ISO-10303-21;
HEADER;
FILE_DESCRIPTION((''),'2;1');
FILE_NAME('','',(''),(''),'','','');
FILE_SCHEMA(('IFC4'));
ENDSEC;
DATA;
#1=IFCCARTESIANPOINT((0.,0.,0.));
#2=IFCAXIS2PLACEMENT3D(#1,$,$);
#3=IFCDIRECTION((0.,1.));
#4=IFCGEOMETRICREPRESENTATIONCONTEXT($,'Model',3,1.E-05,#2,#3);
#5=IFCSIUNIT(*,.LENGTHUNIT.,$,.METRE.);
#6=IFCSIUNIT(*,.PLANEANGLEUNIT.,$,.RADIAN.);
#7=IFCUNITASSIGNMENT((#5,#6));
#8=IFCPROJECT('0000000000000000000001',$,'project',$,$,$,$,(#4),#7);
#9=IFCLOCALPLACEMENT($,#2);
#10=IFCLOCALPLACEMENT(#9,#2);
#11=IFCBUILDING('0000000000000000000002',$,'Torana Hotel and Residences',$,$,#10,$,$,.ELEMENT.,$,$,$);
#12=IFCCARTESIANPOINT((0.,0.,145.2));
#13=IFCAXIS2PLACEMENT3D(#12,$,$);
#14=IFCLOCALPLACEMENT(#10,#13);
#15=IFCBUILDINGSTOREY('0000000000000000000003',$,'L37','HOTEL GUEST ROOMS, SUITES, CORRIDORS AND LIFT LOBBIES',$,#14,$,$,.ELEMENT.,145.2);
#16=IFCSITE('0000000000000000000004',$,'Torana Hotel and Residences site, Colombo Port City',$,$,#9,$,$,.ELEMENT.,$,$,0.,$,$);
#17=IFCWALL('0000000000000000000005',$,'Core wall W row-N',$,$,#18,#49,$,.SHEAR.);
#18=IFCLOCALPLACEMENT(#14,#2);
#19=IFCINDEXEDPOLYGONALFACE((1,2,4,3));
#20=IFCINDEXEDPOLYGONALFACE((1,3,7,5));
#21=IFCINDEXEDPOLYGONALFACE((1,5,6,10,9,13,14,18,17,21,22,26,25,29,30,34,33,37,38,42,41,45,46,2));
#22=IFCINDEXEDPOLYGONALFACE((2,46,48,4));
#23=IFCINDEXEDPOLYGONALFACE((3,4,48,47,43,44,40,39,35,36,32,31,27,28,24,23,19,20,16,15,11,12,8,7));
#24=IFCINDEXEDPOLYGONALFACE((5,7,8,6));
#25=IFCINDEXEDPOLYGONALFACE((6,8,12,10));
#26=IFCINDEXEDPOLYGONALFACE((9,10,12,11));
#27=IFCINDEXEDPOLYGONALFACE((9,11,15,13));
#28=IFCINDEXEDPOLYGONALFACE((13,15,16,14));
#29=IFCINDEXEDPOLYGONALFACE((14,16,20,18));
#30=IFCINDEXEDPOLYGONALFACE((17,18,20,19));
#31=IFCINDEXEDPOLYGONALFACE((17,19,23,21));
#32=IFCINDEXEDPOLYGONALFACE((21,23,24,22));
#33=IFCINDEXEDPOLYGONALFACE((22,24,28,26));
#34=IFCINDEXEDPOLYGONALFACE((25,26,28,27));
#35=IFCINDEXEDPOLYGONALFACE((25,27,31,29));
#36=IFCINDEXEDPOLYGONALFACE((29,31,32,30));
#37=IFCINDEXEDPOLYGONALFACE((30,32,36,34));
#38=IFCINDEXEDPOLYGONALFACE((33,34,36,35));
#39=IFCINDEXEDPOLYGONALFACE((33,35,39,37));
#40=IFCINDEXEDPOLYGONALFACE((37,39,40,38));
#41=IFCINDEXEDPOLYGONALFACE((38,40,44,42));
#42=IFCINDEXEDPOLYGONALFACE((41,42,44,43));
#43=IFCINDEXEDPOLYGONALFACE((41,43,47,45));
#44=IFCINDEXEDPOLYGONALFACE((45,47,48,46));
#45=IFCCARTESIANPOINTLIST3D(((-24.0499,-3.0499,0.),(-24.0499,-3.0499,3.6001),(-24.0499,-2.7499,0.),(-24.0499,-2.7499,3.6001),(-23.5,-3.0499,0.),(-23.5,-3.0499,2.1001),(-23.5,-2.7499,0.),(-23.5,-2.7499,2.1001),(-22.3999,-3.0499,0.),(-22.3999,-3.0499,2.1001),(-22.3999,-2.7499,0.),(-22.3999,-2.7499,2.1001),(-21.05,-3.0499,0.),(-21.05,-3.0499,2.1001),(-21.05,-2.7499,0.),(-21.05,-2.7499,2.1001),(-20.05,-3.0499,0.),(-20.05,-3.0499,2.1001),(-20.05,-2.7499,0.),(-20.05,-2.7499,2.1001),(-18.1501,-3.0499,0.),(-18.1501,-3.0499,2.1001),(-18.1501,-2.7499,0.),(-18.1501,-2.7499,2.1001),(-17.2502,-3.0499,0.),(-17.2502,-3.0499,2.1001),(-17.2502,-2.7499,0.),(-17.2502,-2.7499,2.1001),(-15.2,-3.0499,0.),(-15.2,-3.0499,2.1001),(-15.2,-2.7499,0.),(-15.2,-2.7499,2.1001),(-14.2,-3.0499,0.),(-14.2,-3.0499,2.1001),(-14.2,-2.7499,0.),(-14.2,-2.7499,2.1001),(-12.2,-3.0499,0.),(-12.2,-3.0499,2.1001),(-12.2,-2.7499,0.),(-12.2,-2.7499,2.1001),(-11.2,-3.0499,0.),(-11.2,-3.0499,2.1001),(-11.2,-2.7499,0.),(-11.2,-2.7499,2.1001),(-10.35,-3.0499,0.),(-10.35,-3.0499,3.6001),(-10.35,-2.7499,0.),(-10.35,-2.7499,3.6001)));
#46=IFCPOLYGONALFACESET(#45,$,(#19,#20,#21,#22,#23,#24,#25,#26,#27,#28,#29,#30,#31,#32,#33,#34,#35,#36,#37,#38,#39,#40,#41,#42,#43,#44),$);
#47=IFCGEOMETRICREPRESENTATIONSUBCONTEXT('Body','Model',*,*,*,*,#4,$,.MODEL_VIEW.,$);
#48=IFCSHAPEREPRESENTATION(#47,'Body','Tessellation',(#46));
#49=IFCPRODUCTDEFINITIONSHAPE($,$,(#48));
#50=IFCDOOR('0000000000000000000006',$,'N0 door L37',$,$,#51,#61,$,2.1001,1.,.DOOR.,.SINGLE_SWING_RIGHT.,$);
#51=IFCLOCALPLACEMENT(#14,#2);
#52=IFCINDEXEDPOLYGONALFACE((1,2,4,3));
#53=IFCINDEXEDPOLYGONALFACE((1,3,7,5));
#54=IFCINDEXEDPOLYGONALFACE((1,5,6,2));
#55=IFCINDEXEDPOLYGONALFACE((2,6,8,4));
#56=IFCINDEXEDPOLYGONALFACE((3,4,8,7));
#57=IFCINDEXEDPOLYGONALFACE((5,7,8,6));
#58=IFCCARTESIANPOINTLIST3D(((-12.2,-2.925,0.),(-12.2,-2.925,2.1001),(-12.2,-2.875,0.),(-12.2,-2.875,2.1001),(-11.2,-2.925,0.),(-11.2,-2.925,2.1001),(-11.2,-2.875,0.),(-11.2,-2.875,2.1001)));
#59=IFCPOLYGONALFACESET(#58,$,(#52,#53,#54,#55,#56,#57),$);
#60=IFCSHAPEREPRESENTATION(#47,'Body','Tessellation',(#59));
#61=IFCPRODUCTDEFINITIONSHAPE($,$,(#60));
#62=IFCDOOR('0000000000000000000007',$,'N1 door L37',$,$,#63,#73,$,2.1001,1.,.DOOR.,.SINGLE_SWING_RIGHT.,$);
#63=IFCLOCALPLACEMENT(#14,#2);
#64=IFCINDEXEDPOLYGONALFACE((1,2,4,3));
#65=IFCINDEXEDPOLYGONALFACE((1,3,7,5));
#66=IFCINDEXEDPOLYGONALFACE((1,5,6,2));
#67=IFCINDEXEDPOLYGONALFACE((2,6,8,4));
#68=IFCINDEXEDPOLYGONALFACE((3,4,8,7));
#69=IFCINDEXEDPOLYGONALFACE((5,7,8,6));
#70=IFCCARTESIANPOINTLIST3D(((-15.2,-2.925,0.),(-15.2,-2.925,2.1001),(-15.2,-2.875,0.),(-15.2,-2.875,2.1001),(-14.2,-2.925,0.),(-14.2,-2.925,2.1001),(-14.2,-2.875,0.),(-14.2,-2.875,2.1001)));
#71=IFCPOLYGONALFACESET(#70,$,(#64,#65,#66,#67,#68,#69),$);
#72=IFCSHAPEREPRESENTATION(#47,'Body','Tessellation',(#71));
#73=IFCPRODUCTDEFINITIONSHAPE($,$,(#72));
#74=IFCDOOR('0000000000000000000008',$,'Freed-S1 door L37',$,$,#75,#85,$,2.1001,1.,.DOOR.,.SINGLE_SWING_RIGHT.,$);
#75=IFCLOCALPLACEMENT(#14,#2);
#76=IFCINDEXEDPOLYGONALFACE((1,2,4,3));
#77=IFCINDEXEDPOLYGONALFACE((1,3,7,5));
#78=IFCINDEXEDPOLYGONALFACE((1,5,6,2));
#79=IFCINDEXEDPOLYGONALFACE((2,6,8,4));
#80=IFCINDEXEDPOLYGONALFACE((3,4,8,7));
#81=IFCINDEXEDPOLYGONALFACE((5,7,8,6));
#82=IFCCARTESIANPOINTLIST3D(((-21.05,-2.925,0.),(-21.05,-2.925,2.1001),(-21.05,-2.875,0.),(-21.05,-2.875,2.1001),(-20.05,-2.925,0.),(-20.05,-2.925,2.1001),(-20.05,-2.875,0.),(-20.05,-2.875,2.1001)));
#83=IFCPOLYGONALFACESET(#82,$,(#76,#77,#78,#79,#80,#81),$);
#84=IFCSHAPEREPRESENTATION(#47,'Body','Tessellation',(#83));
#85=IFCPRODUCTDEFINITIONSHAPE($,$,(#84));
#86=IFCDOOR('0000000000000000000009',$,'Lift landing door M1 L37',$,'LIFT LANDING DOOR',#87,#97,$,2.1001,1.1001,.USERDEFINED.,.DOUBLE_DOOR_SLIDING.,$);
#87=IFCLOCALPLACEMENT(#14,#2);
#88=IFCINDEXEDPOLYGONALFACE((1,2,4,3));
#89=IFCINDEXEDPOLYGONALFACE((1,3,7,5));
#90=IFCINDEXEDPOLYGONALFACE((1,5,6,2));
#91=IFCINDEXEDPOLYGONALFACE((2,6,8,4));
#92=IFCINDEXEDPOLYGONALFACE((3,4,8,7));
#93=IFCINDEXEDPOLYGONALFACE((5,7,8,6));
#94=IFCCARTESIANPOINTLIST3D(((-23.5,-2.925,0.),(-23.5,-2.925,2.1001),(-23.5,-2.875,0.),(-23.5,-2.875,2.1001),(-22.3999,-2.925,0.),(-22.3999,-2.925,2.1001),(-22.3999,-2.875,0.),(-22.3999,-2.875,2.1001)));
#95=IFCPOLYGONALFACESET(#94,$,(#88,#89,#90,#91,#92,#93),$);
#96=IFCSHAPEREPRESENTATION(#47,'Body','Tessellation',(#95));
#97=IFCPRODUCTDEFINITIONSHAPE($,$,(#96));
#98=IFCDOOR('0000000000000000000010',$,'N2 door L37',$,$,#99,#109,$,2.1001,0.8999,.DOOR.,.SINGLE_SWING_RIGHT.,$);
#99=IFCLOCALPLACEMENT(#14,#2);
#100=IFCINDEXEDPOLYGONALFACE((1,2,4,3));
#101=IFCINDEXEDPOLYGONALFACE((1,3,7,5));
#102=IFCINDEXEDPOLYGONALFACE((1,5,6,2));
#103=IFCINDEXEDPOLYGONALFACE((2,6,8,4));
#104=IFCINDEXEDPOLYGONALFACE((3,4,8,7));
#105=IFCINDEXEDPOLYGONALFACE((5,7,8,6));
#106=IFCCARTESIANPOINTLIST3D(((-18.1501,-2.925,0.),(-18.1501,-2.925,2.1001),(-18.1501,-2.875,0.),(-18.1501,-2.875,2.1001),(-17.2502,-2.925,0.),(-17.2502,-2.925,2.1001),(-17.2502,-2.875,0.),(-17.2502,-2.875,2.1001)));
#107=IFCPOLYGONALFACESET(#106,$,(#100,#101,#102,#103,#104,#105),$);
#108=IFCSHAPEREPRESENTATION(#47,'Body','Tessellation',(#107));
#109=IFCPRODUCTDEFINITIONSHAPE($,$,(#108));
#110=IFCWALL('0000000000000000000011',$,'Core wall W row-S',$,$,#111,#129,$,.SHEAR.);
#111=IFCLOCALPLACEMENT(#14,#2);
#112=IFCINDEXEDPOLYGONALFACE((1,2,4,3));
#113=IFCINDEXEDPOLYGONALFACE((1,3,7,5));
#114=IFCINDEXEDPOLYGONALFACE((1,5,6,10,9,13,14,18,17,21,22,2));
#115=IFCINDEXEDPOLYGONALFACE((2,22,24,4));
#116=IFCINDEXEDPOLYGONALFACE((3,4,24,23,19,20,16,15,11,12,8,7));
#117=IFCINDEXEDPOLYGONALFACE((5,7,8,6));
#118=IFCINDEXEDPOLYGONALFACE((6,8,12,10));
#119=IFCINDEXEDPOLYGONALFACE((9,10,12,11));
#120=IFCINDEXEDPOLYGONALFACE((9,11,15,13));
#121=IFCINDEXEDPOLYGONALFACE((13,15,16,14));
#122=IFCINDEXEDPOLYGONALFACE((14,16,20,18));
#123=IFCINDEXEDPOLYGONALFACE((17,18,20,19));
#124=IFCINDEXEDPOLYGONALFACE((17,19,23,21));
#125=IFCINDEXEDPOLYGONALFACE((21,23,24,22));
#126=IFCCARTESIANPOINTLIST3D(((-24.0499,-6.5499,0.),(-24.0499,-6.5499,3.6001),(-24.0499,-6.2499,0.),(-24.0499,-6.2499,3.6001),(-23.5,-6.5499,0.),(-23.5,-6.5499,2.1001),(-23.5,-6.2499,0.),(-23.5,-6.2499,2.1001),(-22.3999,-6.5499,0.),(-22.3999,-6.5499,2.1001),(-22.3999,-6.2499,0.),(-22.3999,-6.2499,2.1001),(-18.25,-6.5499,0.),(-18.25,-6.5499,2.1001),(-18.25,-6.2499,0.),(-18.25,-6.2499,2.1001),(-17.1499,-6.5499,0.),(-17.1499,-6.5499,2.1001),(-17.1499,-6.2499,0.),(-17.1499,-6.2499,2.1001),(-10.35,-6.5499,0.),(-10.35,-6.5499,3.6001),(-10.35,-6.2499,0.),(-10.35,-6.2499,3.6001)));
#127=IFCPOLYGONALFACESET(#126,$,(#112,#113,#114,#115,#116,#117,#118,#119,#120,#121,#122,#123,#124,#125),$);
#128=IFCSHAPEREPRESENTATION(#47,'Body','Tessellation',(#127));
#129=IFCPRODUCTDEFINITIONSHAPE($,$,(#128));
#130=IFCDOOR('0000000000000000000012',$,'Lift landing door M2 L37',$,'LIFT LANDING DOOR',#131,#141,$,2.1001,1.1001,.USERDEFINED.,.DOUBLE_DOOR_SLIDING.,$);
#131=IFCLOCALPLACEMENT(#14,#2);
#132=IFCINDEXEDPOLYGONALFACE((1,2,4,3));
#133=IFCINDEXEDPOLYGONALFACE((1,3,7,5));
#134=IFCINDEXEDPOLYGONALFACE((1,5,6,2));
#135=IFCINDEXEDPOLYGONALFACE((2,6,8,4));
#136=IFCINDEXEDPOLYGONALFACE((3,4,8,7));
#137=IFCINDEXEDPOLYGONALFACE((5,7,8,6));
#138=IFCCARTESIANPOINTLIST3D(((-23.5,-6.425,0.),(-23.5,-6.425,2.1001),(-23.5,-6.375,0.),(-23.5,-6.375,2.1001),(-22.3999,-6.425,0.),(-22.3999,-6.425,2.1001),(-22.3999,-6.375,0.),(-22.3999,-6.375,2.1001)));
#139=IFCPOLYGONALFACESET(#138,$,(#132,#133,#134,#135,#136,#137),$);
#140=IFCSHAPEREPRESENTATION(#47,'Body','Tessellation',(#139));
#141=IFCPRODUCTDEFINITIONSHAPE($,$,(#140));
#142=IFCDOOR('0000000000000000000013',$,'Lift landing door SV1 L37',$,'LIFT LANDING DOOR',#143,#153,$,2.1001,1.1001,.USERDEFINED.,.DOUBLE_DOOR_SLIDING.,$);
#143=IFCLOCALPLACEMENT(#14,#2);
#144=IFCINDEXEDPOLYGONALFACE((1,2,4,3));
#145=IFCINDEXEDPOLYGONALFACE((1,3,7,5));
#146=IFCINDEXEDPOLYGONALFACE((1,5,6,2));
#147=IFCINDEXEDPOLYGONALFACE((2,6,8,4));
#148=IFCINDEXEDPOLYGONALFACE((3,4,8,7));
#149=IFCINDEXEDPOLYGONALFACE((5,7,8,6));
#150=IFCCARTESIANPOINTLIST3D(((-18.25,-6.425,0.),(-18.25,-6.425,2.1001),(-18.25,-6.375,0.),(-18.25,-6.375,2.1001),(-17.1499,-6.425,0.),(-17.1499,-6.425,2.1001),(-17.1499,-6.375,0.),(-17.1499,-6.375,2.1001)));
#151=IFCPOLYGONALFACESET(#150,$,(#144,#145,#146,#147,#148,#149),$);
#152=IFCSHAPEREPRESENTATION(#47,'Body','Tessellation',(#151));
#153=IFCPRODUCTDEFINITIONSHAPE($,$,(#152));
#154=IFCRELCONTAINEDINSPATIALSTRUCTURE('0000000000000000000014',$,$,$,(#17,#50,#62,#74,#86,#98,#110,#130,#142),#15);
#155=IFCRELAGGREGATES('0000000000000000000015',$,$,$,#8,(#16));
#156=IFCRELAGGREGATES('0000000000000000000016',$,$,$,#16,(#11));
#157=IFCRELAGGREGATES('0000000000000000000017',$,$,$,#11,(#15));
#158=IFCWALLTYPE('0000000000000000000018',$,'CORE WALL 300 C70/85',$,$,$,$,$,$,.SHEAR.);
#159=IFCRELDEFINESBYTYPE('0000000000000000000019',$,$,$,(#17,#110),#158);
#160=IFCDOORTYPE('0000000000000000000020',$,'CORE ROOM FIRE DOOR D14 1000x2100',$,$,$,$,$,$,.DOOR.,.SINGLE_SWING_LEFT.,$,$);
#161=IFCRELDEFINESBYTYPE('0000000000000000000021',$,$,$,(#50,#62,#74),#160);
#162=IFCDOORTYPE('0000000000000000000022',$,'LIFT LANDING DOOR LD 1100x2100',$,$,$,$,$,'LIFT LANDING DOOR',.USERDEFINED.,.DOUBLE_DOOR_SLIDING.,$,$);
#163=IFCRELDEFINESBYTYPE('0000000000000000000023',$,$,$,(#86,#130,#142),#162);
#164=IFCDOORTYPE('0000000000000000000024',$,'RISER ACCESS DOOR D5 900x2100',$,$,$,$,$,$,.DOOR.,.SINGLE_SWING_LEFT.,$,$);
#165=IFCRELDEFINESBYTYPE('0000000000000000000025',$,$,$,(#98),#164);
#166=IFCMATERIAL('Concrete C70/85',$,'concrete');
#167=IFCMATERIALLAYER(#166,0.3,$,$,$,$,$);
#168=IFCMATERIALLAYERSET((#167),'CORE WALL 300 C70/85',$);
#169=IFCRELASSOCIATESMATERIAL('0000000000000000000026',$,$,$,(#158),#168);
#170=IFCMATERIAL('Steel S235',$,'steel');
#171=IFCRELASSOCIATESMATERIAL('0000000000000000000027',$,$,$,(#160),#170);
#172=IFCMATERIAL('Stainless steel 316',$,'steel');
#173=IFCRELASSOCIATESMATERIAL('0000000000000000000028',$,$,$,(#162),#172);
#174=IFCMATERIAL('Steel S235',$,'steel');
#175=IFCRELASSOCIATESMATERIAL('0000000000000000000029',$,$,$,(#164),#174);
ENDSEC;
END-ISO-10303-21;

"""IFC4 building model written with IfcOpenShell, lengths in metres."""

from ifc_helpers import new_model, si_unit, direction, frame, frame_2d, origin, place, context, subcontext, project, spatial, rectangle, extrude, material, layer, layer_set, type_object, element, fill, save


model = new_model("IFC4")

# Units and contexts
model_context = context("Model", 3, precision=1e-05, world=origin(), true_north=direction((0.0, 1.0)))
body_context = subcontext(model_context, "Body", "Model", "MODEL_VIEW")
ifc_project = project(units=[si_unit("LENGTHUNIT", "METRE"), si_unit("PLANEANGLEUNIT", "RADIAN")], contexts=[model_context])

# Site, building, storey
site_placement = place(None, origin())
site = spatial("IfcSite", under=ifc_project, at=site_placement, Name="Torana Hotel and Residences site, Colombo Port City", CompositionType="ELEMENT", RefElevation=0.0)
building_placement = place(site_placement, origin())
building = spatial("IfcBuilding", under=site, at=building_placement, Name="Torana Hotel and Residences", CompositionType="ELEMENT")
storey_placement = place(building_placement, frame((0.0, 0.0, 145.2)))
storey = spatial("IfcBuildingStorey", under=building, at=storey_placement, Name="L37", Description="HOTEL GUEST ROOMS, SUITES, CORRIDORS AND LIFT LOBBIES", CompositionType="ELEMENT", Elevation=145.2)

# Walls, openings, doors
ifc_material_1 = material(Name="Concrete C70/85", Category="concrete")
ifc_layer_1 = layer(ifc_material_1, 0.3)
ifc_layer_set_1 = layer_set([ifc_layer_1], Name="CORE WALL 300 C70/85")
wall_type_1 = type_object("IfcWallType", Name="CORE WALL 300 C70/85", PredefinedType="SHEAR", material=ifc_layer_set_1)
wall_1_placement = place(storey_placement, frame((-24.05, -2.8999, 0.0), z_axis=(0.0, 0.0, 1.0), x_axis=(1.0, 0.0, 0.0)))
wall_1 = element("IfcWall", 1, at=wall_1_placement, inside=storey, type_object=wall_type_1, Name="Core wall W row-N", PredefinedType="SHEAR", context=body_context, shape_type="SweptSolid", body=[
    extrude(rectangle(XDim=13.7, YDim=0.3, at=frame_2d((6.8501, 0.0))), origin(), (0.0, 0.0, 1.0), 3.6001),
])
opening_1_placement = place(wall_1_placement, frame((0.55, 0.0, 0.0)))
opening_1 = element("IfcOpeningElement", 2, at=opening_1_placement, cuts=wall_1, PredefinedType="OPENING", context=body_context, shape_type="SweptSolid", body=[
    extrude(rectangle(XDim=1.1001, YDim=2.1001, at=frame_2d((0.55, 1.05))), frame((0.0, 0.1599, 0.0), z_axis=(0.0, -1.0, 0.0), x_axis=(1.0, 0.0, 0.0)), (0.0, 0.0, 1.0), 0.3201),
])
opening_2_placement = place(wall_1_placement, frame((5.8999, 0.0, 0.0)))
opening_2 = element("IfcOpeningElement", 3, at=opening_2_placement, cuts=wall_1, PredefinedType="OPENING", context=body_context, shape_type="SweptSolid", body=[
    extrude(rectangle(XDim=0.8999, YDim=2.1001, at=frame_2d((0.45, 1.05))), frame((0.0, 0.1599, 0.0), z_axis=(0.0, -1.0, 0.0), x_axis=(1.0, 0.0, 0.0)), (0.0, 0.0, 1.0), 0.3201),
])
opening_3_placement = place(wall_1_placement, frame((11.8501, 0.0, 0.0)))
opening_3 = element("IfcOpeningElement", 4, at=opening_3_placement, cuts=wall_1, PredefinedType="OPENING", context=body_context, shape_type="SweptSolid", body=[
    extrude(rectangle(XDim=1.0, YDim=2.1001, at=frame_2d((0.5, 1.05))), frame((0.0, 0.1599, 0.0), z_axis=(0.0, -1.0, 0.0), x_axis=(1.0, 0.0, 0.0)), (0.0, 0.0, 1.0), 0.3201),
])
opening_4_placement = place(wall_1_placement, frame((8.8501, 0.0, 0.0)))
opening_4 = element("IfcOpeningElement", 5, at=opening_4_placement, cuts=wall_1, PredefinedType="OPENING", context=body_context, shape_type="SweptSolid", body=[
    extrude(rectangle(XDim=1.0, YDim=2.1001, at=frame_2d((0.5, 1.05))), frame((0.0, 0.1599, 0.0), z_axis=(0.0, -1.0, 0.0), x_axis=(1.0, 0.0, 0.0)), (0.0, 0.0, 1.0), 0.3201),
])
opening_5_placement = place(wall_1_placement, frame((3.0, 0.0, 0.0)))
opening_5 = element("IfcOpeningElement", 6, at=opening_5_placement, cuts=wall_1, PredefinedType="OPENING", context=body_context, shape_type="SweptSolid", body=[
    extrude(rectangle(XDim=1.0, YDim=2.1001, at=frame_2d((0.5, 1.05))), frame((0.0, 0.1599, 0.0), z_axis=(0.0, -1.0, 0.0), x_axis=(1.0, 0.0, 0.0)), (0.0, 0.0, 1.0), 0.3201),
])
ifc_material_2 = material(Name="Steel S235", Category="steel")
door_type_1 = type_object("IfcDoorType", Name="CORE ROOM FIRE DOOR D14 1000x2100", OperationType="SINGLE_SWING_LEFT", PredefinedType="DOOR", material=ifc_material_2)
door_1_placement = place(opening_3_placement, origin())
door_1 = element("IfcDoor", 7, at=door_1_placement, inside=storey, type_object=door_type_1, Name="N0 door L37", OperationType="SINGLE_SWING_RIGHT", OverallHeight=2.1001, OverallWidth=1.0, PredefinedType="DOOR", context=body_context, shape_type="SweptSolid", body=[
    extrude(rectangle(XDim=1.0, YDim=2.1001, at=frame_2d((0.5, 1.05))), frame((0.0, 0.0249, 0.0), z_axis=(0.0, -1.0, 0.0), x_axis=(1.0, 0.0, 0.0)), (0.0, 0.0, 1.0), 0.05),
])
fill(opening_3, door_1)
door_2_placement = place(opening_4_placement, origin())
door_2 = element("IfcDoor", 8, at=door_2_placement, inside=storey, type_object=door_type_1, Name="N1 door L37", OperationType="SINGLE_SWING_RIGHT", OverallHeight=2.1001, OverallWidth=1.0, PredefinedType="DOOR", context=body_context, shape_type="SweptSolid", body=[
    extrude(rectangle(XDim=1.0, YDim=2.1001, at=frame_2d((0.5, 1.05))), frame((0.0, 0.0249, 0.0), z_axis=(0.0, -1.0, 0.0), x_axis=(1.0, 0.0, 0.0)), (0.0, 0.0, 1.0), 0.05),
])
fill(opening_4, door_2)
door_3_placement = place(opening_5_placement, origin())
door_3 = element("IfcDoor", 9, at=door_3_placement, inside=storey, type_object=door_type_1, Name="Freed-S1 door L37", OperationType="SINGLE_SWING_RIGHT", OverallHeight=2.1001, OverallWidth=1.0, PredefinedType="DOOR", context=body_context, shape_type="SweptSolid", body=[
    extrude(rectangle(XDim=1.0, YDim=2.1001, at=frame_2d((0.5, 1.05))), frame((0.0, 0.0249, 0.0), z_axis=(0.0, -1.0, 0.0), x_axis=(1.0, 0.0, 0.0)), (0.0, 0.0, 1.0), 0.05),
])
fill(opening_5, door_3)
ifc_material_3 = material(Name="Stainless steel 316", Category="steel")
door_type_2 = type_object("IfcDoorType", Name="LIFT LANDING DOOR LD 1100x2100", ElementType="LIFT LANDING DOOR", OperationType="DOUBLE_DOOR_SLIDING", PredefinedType="USERDEFINED", material=ifc_material_3)
door_4_placement = place(opening_1_placement, origin())
door_4 = element("IfcDoor", 10, at=door_4_placement, inside=storey, type_object=door_type_2, Name="Lift landing door M1 L37", ObjectType="LIFT LANDING DOOR", OperationType="DOUBLE_DOOR_SLIDING", OverallHeight=2.1001, OverallWidth=1.1001, PredefinedType="USERDEFINED", context=body_context, shape_type="SweptSolid", body=[
    extrude(rectangle(XDim=1.1001, YDim=2.1001, at=frame_2d((0.55, 1.05))), frame((0.0, 0.0249, 0.0), z_axis=(0.0, -1.0, 0.0), x_axis=(1.0, 0.0, 0.0)), (0.0, 0.0, 1.0), 0.05),
])
fill(opening_1, door_4)
ifc_material_4 = material(Name="Steel S235", Category="steel")
door_type_3 = type_object("IfcDoorType", Name="RISER ACCESS DOOR D5 900x2100", OperationType="SINGLE_SWING_LEFT", PredefinedType="DOOR", material=ifc_material_4)
door_5_placement = place(opening_2_placement, origin())
door_5 = element("IfcDoor", 11, at=door_5_placement, inside=storey, type_object=door_type_3, Name="N2 door L37", OperationType="SINGLE_SWING_RIGHT", OverallHeight=2.1001, OverallWidth=0.8999, PredefinedType="DOOR", context=body_context, shape_type="SweptSolid", body=[
    extrude(rectangle(XDim=0.8999, YDim=2.1001, at=frame_2d((0.45, 1.05))), frame((0.0, 0.0249, 0.0), z_axis=(0.0, -1.0, 0.0), x_axis=(1.0, 0.0, 0.0)), (0.0, 0.0, 1.0), 0.05),
])
fill(opening_2, door_5)
wall_2_placement = place(storey_placement, frame((-24.05, -6.3999, 0.0), z_axis=(0.0, 0.0, 1.0), x_axis=(1.0, 0.0, 0.0)))
wall_2 = element("IfcWall", 12, at=wall_2_placement, inside=storey, type_object=wall_type_1, Name="Core wall W row-S", PredefinedType="SHEAR", context=body_context, shape_type="SweptSolid", body=[
    extrude(rectangle(XDim=13.7, YDim=0.3, at=frame_2d((6.8501, 0.0))), origin(), (0.0, 0.0, 1.0), 3.6001),
])
opening_6_placement = place(wall_2_placement, frame((0.55, 0.0, 0.0)))
opening_6 = element("IfcOpeningElement", 13, at=opening_6_placement, cuts=wall_2, PredefinedType="OPENING", context=body_context, shape_type="SweptSolid", body=[
    extrude(rectangle(XDim=1.1001, YDim=2.1001, at=frame_2d((0.55, 1.05))), frame((0.0, 0.1599, 0.0), z_axis=(0.0, -1.0, 0.0), x_axis=(1.0, 0.0, 0.0)), (0.0, 0.0, 1.0), 0.3201),
])
opening_7_placement = place(wall_2_placement, frame((5.8, 0.0, 0.0)))
opening_7 = element("IfcOpeningElement", 14, at=opening_7_placement, cuts=wall_2, PredefinedType="OPENING", context=body_context, shape_type="SweptSolid", body=[
    extrude(rectangle(XDim=1.1001, YDim=2.1001, at=frame_2d((0.55, 1.05))), frame((0.0, 0.1599, 0.0), z_axis=(0.0, -1.0, 0.0), x_axis=(1.0, 0.0, 0.0)), (0.0, 0.0, 1.0), 0.3201),
])
door_6_placement = place(opening_6_placement, origin())
door_6 = element("IfcDoor", 15, at=door_6_placement, inside=storey, type_object=door_type_2, Name="Lift landing door M2 L37", ObjectType="LIFT LANDING DOOR", OperationType="DOUBLE_DOOR_SLIDING", OverallHeight=2.1001, OverallWidth=1.1001, PredefinedType="USERDEFINED", context=body_context, shape_type="SweptSolid", body=[
    extrude(rectangle(XDim=1.1001, YDim=2.1001, at=frame_2d((0.55, 1.05))), frame((0.0, 0.0249, 0.0), z_axis=(0.0, -1.0, 0.0), x_axis=(1.0, 0.0, 0.0)), (0.0, 0.0, 1.0), 0.05),
])
fill(opening_6, door_6)
door_7_placement = place(opening_7_placement, origin())
door_7 = element("IfcDoor", 16, at=door_7_placement, inside=storey, type_object=door_type_2, Name="Lift landing door SV1 L37", ObjectType="LIFT LANDING DOOR", OperationType="DOUBLE_DOOR_SLIDING", OverallHeight=2.1001, OverallWidth=1.1001, PredefinedType="USERDEFINED", context=body_context, shape_type="SweptSolid", body=[
    extrude(rectangle(XDim=1.1001, YDim=2.1001, at=frame_2d((0.55, 1.05))), frame((0.0, 0.0249, 0.0), z_axis=(0.0, -1.0, 0.0), x_axis=(1.0, 0.0, 0.0)), (0.0, 0.0, 1.0), 0.05),
])
fill(opening_7, door_7)

save(model, "model.ifc")
